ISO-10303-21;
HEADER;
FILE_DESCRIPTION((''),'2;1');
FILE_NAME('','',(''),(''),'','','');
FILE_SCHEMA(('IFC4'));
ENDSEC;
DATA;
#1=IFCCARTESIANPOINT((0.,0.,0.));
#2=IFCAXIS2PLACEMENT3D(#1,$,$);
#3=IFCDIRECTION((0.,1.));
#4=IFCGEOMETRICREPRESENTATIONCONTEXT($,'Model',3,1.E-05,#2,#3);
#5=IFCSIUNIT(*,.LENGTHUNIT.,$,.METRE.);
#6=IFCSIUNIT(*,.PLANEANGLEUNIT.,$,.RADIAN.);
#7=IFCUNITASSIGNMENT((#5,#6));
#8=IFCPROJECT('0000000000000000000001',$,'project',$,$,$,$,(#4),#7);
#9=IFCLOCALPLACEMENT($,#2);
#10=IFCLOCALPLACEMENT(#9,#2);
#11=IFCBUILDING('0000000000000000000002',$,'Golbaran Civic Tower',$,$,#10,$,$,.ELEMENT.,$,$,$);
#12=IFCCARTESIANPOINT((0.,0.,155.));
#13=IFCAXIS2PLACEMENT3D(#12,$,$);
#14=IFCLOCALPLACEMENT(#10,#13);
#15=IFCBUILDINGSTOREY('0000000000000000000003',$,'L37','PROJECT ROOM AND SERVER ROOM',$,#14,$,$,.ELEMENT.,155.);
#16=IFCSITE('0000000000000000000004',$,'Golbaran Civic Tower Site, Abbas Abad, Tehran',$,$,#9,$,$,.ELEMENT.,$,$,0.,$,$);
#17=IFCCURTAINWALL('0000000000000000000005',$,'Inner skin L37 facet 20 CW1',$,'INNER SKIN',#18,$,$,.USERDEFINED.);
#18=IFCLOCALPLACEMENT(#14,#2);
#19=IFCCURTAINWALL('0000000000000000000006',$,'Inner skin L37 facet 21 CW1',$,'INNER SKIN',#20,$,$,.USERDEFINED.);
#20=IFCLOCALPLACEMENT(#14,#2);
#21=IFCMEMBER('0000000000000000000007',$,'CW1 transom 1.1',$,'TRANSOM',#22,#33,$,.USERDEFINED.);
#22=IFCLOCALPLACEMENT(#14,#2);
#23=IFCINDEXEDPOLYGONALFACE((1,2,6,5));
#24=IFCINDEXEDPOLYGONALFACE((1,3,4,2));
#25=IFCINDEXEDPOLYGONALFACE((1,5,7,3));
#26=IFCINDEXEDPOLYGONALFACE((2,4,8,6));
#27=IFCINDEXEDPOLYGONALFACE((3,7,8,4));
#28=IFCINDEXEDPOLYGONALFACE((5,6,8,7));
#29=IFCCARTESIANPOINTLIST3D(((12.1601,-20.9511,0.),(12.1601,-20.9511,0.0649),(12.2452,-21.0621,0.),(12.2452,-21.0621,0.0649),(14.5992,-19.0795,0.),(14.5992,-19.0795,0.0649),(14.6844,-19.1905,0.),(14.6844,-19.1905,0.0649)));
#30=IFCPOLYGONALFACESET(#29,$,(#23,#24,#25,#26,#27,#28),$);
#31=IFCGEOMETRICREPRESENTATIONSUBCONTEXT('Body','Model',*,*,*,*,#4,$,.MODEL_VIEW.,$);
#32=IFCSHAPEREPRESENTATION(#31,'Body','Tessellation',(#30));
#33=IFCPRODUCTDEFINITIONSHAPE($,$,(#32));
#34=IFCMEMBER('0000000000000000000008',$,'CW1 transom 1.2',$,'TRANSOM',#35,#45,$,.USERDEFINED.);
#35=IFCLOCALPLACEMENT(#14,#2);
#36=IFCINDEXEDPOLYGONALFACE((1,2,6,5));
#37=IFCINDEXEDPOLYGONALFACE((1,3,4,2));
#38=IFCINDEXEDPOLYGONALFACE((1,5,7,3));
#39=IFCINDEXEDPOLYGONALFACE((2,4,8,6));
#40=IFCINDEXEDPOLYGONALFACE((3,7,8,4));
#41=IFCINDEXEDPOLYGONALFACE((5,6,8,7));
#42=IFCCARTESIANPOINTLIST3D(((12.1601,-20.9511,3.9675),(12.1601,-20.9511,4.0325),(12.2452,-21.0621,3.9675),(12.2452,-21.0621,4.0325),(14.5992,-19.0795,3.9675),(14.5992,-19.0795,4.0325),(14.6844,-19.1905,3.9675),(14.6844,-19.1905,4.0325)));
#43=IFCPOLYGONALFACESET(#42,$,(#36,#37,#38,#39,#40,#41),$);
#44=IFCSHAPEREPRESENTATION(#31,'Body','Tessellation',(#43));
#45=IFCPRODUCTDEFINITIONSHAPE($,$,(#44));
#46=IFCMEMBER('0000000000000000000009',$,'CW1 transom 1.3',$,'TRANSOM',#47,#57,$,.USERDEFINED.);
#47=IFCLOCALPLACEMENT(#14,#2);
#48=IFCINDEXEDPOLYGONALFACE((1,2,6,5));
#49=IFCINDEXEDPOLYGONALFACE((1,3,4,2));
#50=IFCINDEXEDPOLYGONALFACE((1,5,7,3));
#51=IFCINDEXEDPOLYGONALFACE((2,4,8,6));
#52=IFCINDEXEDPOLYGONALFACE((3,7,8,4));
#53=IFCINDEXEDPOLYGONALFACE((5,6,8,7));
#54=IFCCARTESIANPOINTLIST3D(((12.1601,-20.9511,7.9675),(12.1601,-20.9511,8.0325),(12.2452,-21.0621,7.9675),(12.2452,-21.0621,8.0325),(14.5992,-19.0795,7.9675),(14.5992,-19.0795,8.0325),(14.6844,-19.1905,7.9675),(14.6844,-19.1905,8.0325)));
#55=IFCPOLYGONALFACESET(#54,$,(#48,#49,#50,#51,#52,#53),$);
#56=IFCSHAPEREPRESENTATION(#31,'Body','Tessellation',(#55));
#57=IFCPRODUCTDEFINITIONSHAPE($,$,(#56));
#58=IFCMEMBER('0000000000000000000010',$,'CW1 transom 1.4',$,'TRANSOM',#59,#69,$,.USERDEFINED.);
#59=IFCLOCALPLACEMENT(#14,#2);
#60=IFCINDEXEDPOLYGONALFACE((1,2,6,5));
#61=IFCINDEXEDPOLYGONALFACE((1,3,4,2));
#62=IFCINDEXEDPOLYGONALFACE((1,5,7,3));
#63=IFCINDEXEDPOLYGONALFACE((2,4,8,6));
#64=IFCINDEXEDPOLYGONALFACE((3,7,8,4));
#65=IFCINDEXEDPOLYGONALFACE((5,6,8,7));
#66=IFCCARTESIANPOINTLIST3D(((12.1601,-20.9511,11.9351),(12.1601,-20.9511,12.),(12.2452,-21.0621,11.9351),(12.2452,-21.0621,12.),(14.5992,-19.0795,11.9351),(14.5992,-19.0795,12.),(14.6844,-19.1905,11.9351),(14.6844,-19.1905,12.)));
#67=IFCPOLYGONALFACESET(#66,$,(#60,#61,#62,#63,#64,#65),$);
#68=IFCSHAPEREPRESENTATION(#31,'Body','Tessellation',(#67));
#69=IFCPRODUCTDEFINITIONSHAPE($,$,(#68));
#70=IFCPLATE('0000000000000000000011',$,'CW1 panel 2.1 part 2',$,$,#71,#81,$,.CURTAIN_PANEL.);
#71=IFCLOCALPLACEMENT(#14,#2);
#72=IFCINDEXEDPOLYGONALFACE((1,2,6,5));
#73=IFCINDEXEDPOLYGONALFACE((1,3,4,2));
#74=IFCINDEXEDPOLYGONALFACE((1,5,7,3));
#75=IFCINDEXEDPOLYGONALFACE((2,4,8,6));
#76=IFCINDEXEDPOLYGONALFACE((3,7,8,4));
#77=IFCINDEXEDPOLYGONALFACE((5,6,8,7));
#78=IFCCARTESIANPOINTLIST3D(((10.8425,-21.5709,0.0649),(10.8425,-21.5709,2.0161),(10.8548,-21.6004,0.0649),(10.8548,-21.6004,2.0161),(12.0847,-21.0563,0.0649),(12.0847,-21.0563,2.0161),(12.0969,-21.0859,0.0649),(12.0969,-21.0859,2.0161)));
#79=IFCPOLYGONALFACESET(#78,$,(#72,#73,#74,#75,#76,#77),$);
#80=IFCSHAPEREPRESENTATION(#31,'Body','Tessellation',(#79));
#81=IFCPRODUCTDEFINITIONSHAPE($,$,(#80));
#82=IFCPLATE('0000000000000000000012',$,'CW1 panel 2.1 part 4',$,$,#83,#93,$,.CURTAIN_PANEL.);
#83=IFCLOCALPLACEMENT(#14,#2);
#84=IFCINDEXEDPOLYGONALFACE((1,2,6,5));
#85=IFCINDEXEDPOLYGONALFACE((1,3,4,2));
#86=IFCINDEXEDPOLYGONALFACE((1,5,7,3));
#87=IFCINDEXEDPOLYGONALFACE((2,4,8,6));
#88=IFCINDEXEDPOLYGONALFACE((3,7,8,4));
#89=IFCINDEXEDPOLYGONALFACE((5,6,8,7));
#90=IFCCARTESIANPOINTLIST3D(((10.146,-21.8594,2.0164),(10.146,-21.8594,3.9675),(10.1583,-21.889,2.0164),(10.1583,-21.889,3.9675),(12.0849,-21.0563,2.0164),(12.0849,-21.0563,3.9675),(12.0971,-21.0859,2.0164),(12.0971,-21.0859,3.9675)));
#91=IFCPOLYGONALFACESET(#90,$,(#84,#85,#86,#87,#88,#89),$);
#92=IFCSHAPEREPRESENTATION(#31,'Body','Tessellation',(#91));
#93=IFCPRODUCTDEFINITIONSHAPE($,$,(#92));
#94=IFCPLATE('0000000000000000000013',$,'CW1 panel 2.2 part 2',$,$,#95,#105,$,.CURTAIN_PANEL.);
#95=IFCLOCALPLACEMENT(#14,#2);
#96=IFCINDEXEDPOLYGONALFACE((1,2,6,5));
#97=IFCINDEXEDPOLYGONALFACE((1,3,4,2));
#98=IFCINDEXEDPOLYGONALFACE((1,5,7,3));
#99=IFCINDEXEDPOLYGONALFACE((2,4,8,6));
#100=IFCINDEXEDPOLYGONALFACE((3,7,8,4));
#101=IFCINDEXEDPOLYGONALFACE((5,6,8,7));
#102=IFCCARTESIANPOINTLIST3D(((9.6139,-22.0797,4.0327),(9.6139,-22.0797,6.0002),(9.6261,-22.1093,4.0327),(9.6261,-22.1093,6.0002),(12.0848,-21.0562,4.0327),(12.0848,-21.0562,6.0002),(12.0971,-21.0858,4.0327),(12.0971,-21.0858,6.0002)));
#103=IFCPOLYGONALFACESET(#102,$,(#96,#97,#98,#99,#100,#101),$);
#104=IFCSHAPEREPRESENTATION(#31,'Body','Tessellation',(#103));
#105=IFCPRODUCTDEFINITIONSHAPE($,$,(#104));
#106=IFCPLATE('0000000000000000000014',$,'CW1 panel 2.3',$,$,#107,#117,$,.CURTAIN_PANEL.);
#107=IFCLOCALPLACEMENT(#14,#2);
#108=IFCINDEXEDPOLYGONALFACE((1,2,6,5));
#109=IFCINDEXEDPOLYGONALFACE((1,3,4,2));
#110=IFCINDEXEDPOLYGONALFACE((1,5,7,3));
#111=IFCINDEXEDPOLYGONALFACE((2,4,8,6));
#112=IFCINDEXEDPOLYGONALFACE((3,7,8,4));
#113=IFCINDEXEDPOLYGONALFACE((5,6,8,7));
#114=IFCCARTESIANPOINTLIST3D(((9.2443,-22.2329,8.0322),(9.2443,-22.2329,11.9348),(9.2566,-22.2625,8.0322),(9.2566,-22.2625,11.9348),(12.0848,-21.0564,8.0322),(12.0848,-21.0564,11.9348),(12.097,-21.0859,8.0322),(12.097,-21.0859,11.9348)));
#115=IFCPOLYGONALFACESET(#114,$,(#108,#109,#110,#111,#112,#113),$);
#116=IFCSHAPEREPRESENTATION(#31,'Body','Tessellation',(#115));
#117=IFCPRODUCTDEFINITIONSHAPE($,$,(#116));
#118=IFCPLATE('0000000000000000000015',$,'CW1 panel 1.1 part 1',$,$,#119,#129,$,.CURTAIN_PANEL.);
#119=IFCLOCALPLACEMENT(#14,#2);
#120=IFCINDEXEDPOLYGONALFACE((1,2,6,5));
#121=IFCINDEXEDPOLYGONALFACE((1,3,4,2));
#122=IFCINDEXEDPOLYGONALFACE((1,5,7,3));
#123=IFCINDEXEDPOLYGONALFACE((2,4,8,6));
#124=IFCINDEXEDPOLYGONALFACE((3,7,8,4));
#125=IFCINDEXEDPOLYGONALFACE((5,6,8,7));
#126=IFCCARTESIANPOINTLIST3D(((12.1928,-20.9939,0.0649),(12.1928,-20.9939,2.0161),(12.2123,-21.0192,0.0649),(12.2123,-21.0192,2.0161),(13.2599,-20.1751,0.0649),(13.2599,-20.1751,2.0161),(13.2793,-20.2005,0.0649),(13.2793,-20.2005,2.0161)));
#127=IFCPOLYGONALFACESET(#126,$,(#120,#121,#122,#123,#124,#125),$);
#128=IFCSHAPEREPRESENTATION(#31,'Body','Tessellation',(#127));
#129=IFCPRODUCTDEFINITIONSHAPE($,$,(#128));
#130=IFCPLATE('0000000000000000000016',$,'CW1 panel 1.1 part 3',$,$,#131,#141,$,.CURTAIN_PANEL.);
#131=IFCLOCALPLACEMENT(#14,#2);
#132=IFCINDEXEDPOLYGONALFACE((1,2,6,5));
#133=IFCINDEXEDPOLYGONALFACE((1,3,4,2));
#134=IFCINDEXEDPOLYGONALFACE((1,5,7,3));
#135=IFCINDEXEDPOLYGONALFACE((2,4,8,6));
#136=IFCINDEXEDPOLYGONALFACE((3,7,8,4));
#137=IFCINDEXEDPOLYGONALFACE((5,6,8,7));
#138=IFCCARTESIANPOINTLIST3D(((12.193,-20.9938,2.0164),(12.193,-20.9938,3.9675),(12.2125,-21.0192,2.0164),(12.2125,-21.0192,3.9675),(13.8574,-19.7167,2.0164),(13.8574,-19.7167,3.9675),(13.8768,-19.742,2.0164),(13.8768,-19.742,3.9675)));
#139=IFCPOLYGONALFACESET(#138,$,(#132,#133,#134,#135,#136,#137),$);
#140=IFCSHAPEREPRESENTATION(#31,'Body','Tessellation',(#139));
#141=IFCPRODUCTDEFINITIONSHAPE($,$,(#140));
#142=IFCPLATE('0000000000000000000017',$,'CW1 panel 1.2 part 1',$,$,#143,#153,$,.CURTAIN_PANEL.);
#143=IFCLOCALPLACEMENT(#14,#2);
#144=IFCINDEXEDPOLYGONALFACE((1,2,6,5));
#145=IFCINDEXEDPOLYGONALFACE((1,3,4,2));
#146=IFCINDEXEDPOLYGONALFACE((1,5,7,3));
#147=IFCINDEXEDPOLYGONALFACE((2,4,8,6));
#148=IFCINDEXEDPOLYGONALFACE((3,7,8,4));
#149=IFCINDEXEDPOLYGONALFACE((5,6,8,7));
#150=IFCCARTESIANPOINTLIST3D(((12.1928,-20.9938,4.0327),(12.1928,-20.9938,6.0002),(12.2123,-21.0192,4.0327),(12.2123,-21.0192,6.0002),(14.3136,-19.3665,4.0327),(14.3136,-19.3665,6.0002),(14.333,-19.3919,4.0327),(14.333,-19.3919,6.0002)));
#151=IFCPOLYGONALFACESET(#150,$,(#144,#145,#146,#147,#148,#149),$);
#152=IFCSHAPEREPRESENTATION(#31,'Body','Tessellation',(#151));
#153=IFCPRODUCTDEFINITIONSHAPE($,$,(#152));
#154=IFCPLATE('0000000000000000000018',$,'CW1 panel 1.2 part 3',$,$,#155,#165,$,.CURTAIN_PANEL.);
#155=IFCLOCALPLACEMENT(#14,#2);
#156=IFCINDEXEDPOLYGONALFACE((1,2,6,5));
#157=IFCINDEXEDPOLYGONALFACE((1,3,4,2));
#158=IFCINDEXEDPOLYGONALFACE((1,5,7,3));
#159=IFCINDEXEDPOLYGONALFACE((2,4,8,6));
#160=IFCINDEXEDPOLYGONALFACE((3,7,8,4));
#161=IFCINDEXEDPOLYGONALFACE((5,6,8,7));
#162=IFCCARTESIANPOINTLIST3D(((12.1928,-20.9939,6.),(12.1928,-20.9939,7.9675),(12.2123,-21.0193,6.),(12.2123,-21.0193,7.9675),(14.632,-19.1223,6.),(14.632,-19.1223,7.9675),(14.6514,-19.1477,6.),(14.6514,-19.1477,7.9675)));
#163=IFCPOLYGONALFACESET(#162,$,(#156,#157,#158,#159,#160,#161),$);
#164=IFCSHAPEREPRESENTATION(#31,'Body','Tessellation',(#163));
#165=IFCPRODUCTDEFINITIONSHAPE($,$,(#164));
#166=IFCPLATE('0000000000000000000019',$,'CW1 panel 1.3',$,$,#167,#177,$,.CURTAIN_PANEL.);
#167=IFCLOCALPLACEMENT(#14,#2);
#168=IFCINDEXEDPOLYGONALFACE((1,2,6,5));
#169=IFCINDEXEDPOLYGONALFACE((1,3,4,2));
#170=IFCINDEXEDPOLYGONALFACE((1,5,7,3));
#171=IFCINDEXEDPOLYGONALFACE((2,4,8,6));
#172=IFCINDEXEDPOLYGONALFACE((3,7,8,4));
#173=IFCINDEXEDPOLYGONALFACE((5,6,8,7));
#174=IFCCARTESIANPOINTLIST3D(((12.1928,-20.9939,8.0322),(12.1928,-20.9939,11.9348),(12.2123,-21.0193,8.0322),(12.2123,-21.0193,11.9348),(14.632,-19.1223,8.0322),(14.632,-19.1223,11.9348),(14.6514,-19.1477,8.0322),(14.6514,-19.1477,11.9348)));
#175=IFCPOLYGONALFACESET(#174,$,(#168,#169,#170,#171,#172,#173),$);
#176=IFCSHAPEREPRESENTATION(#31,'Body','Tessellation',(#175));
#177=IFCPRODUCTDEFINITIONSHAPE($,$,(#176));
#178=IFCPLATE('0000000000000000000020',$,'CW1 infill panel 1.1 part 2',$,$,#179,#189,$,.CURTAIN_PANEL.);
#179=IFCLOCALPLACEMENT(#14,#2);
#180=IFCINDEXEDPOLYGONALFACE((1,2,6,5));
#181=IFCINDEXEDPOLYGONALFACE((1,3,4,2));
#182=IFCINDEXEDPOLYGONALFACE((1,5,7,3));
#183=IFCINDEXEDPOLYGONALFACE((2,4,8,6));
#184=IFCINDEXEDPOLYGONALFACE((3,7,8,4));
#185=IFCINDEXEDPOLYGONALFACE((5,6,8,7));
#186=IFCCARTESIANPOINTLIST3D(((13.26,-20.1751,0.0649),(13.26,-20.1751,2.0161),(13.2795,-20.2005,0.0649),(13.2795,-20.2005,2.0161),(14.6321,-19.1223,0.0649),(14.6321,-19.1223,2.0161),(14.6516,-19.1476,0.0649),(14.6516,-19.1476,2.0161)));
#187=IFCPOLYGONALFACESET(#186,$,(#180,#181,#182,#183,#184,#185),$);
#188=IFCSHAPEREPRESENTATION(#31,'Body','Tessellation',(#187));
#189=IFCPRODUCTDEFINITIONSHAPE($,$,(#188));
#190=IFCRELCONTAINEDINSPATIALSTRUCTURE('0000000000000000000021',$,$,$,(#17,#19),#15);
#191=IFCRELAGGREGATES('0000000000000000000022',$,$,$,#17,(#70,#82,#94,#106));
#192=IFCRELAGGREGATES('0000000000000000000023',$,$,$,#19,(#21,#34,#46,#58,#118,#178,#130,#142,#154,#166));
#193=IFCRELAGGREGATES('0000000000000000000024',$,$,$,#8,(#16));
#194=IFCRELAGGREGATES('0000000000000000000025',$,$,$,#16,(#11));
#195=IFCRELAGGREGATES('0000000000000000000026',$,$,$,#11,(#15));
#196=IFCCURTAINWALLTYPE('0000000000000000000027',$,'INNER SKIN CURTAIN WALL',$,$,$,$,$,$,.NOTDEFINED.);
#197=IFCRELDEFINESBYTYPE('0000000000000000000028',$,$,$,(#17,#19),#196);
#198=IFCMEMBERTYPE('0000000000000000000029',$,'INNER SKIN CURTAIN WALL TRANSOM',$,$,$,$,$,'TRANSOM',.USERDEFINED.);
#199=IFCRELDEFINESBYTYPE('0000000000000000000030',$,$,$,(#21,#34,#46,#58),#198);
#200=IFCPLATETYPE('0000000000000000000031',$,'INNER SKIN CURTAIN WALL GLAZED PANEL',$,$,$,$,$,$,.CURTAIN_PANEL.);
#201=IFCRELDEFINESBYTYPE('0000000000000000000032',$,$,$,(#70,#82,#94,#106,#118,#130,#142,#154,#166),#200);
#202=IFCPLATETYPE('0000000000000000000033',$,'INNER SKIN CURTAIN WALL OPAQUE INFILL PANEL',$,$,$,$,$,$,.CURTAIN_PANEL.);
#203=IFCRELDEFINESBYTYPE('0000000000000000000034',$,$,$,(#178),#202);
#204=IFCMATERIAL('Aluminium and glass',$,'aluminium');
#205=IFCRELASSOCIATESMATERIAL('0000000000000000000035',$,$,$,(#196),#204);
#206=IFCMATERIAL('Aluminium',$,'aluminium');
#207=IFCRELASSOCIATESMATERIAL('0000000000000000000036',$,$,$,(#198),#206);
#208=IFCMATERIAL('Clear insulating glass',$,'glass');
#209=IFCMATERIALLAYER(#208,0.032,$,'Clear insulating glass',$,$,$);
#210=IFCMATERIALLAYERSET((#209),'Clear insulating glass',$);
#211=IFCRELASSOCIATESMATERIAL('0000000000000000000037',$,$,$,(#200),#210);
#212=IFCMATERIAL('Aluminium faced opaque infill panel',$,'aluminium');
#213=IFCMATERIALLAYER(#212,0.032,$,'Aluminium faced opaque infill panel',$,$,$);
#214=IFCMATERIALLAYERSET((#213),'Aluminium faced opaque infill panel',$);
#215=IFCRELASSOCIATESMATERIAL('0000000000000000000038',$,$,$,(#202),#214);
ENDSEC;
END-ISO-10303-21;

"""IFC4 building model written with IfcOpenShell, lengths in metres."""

from ifc_helpers import new_model, si_unit, direction, frame, origin, origin_2d, place, context, subcontext, project, spatial, rectangle, extrude, material, layer, layer_set, material_profile, profile_set, type_object, element, aggregate, save


model = new_model("IFC4")

# Units and contexts
model_context = context("Model", 3, precision=1e-05, world=origin(), true_north=direction((0.0, 1.0)))
body_context = subcontext(model_context, "Body", "Model", "MODEL_VIEW")
ifc_project = project(units=[si_unit("LENGTHUNIT", "METRE"), si_unit("PLANEANGLEUNIT", "RADIAN")], contexts=[model_context])

# Site, building, storey
site_placement = place(None, origin())
site = spatial("IfcSite", under=ifc_project, at=site_placement, Name="Golbaran Civic Tower Site, Abbas Abad, Tehran", CompositionType="ELEMENT", RefElevation=0.0)
building_placement = place(site_placement, origin())
building = spatial("IfcBuilding", under=site, at=building_placement, Name="Golbaran Civic Tower", CompositionType="ELEMENT")
storey_placement = place(building_placement, frame((0.0, 0.0, 155.0)))
storey = spatial("IfcBuildingStorey", under=building, at=storey_placement, Name="L37", Description="PROJECT ROOM AND SERVER ROOM", CompositionType="ELEMENT", Elevation=155.0)

# Curtain wall
ifc_material_1 = material(Name="Aluminium and glass", Category="aluminium")
curtain_wall_type = type_object("IfcCurtainWallType", Name="INNER SKIN CURTAIN WALL", PredefinedType="NOTDEFINED", material=ifc_material_1)
curtain_wall_1_placement = place(storey_placement, origin())
curtain_wall_1 = element("IfcCurtainWall", 1, at=curtain_wall_1_placement, inside=storey, type_object=curtain_wall_type, Name="Inner skin L37 facet 20 CW1", ObjectType="INNER SKIN", PredefinedType="USERDEFINED")
ifc_material_2 = material(Name="Aluminium", Category="aluminium")

# Curtain wall, members
curtain_wall_2_placement = place(storey_placement, origin())
curtain_wall_2 = element("IfcCurtainWall", 2, at=curtain_wall_2_placement, inside=storey, type_object=curtain_wall_type, Name="Inner skin L37 facet 21 CW1", ObjectType="INNER SKIN", PredefinedType="USERDEFINED")
ifc_material_profile_1 = material_profile(ifc_material_2, rectangle(XDim=0.1399, YDim=0.0649, at=origin_2d()), Name="INNER SKIN CURTAIN WALL TRANSOM")
ifc_profile_set_1 = profile_set([ifc_material_profile_1], Name="Aluminium")
member_type_1 = type_object("IfcMemberType", Name="INNER SKIN CURTAIN WALL TRANSOM", ElementType="TRANSOM", PredefinedType="USERDEFINED", material=ifc_profile_set_1)
member_1_placement = place(storey_placement, frame((12.2026, -21.0066, 0.0325), z_axis=(0.793367, 0.608743, 0.0), x_axis=(-0.608743, 0.793367, 0.0)))
member_1 = element("IfcMember", 3, at=member_1_placement, type_object=member_type_1, Name="CW1 transom 1.1", ObjectType="TRANSOM", PredefinedType="USERDEFINED", context=body_context, shape_type="SweptSolid", body=[
    extrude(rectangle(XDim=0.1399, YDim=0.0649, at=origin_2d()), origin(), (0.0, 0.0, 1.0), 3.0745),
])
member_2_placement = place(storey_placement, frame((12.2026, -21.0066, 4.0), z_axis=(0.793367, 0.608743, 0.0), x_axis=(-0.608743, 0.793367, 0.0)))
member_2 = element("IfcMember", 4, at=member_2_placement, type_object=member_type_1, Name="CW1 transom 1.2", ObjectType="TRANSOM", PredefinedType="USERDEFINED", context=body_context, shape_type="SweptSolid", body=[
    extrude(rectangle(XDim=0.1399, YDim=0.0649, at=origin_2d()), origin(), (0.0, 0.0, 1.0), 3.0745),
])
member_3_placement = place(storey_placement, frame((12.2026, -21.0066, 8.0), z_axis=(0.793367, 0.608743, 0.0), x_axis=(-0.608743, 0.793367, 0.0)))
member_3 = element("IfcMember", 5, at=member_3_placement, type_object=member_type_1, Name="CW1 transom 1.3", ObjectType="TRANSOM", PredefinedType="USERDEFINED", context=body_context, shape_type="SweptSolid", body=[
    extrude(rectangle(XDim=0.1399, YDim=0.0649, at=origin_2d()), origin(), (0.0, 0.0, 1.0), 3.0745),
])
member_4_placement = place(storey_placement, frame((12.2026, -21.0066, 11.9675), z_axis=(0.793367, 0.608743, 0.0), x_axis=(-0.608743, 0.793367, 0.0)))
member_4 = element("IfcMember", 6, at=member_4_placement, type_object=member_type_1, Name="CW1 transom 1.4", ObjectType="TRANSOM", PredefinedType="USERDEFINED", context=body_context, shape_type="SweptSolid", body=[
    extrude(rectangle(XDim=0.1399, YDim=0.0649, at=origin_2d()), origin(), (0.0, 0.0, 1.0), 3.0745),
])

# Plates
ifc_material_3 = material(Name="Clear insulating glass", Category="glass")
ifc_layer_1 = layer(ifc_material_3, 0.032, Name="Clear insulating glass")
ifc_layer_set_1 = layer_set([ifc_layer_1], Name="Clear insulating glass")
plate_type_1 = type_object("IfcPlateType", Name="INNER SKIN CURTAIN WALL GLAZED PANEL", PredefinedType="CURTAIN_PANEL", material=ifc_layer_set_1)
plate_1_placement = place(storey_placement, frame((11.4697, -21.3284, 0.0649), z_axis=(0.0, 0.0, 1.0), x_axis=(0.92388, 0.382683, 0.0)))
plate_1 = element("IfcPlate", 7, at=plate_1_placement, type_object=plate_type_1, Name="CW1 panel 2.1 part 2", PredefinedType="CURTAIN_PANEL", context=body_context, shape_type="SweptSolid", body=[
    extrude(rectangle(XDim=1.3445, YDim=0.032, at=origin_2d()), origin(), (0.0, 0.0, 1.0), 1.9512),
])
plate_2_placement = place(storey_placement, frame((11.1216, -21.4727, 2.0164), z_axis=(0.0, 0.0, 1.0), x_axis=(0.92388, 0.382683, 0.0)))
plate_2 = element("IfcPlate", 8, at=plate_2_placement, type_object=plate_type_1, Name="CW1 panel 2.1 part 4", PredefinedType="CURTAIN_PANEL", context=body_context, shape_type="SweptSolid", body=[
    extrude(rectangle(XDim=2.0986, YDim=0.032, at=origin_2d()), origin(), (0.0, 0.0, 1.0), 1.9512),
])
plate_3_placement = place(storey_placement, frame((10.8555, -21.5828, 4.0327), z_axis=(0.0, 0.0, 1.0), x_axis=(0.92388, 0.382683, 0.0)))
plate_3 = element("IfcPlate", 9, at=plate_3_placement, type_object=plate_type_1, Name="CW1 panel 2.2 part 2", PredefinedType="CURTAIN_PANEL", context=body_context, shape_type="SweptSolid", body=[
    extrude(rectangle(XDim=2.6746, YDim=0.032, at=origin_2d()), origin(), (0.0, 0.0, 1.0), 1.9675),
])
plate_4_placement = place(storey_placement, frame((10.6707, -21.6594, 8.0322), z_axis=(0.0, 0.0, 1.0), x_axis=(0.92388, 0.382683, 0.0)))
plate_4 = element("IfcPlate", 10, at=plate_4_placement, type_object=plate_type_1, Name="CW1 panel 2.3", PredefinedType="CURTAIN_PANEL", context=body_context, shape_type="SweptSolid", body=[
    extrude(rectangle(XDim=3.0745, YDim=0.032, at=origin_2d()), origin(), (0.0, 0.0, 1.0), 3.9026),
])
aggregate(curtain_wall_1, [plate_1, plate_2, plate_3, plate_4])
plate_5_placement = place(storey_placement, frame((12.7361, -20.5972, 0.0649), z_axis=(0.0, 0.0, 1.0), x_axis=(0.793353, 0.608761, 0.0)))
plate_5 = element("IfcPlate", 11, at=plate_5_placement, type_object=plate_type_1, Name="CW1 panel 1.1 part 1", PredefinedType="CURTAIN_PANEL", context=body_context, shape_type="SweptSolid", body=[
    extrude(rectangle(XDim=1.345, YDim=0.032, at=origin_2d()), origin(), (0.0, 0.0, 1.0), 1.9512),
])
plate_6_placement = place(storey_placement, frame((13.0349, -20.3679, 2.0164), z_axis=(0.0, 0.0, 1.0), x_axis=(0.793353, 0.608761, 0.0)))
plate_6 = element("IfcPlate", 12, at=plate_6_placement, type_object=plate_type_1, Name="CW1 panel 1.1 part 3", PredefinedType="CURTAIN_PANEL", context=body_context, shape_type="SweptSolid", body=[
    extrude(rectangle(XDim=2.0979, YDim=0.032, at=origin_2d()), origin(), (0.0, 0.0, 1.0), 1.9512),
])
plate_7_placement = place(storey_placement, frame((13.2629, -20.1929, 4.0327), z_axis=(0.0, 0.0, 1.0), x_axis=(0.793353, 0.608761, 0.0)))
plate_7 = element("IfcPlate", 13, at=plate_7_placement, type_object=plate_type_1, Name="CW1 panel 1.2 part 1", PredefinedType="CURTAIN_PANEL", context=body_context, shape_type="SweptSolid", body=[
    extrude(rectangle(XDim=2.6731, YDim=0.032, at=origin_2d()), origin(), (0.0, 0.0, 1.0), 1.9675),
])
plate_8_placement = place(storey_placement, frame((13.4221, -20.0708, 6.0), z_axis=(0.0, 0.0, 1.0), x_axis=(0.793353, 0.608761, 0.0)))
plate_8 = element("IfcPlate", 14, at=plate_8_placement, type_object=plate_type_1, Name="CW1 panel 1.2 part 3", PredefinedType="CURTAIN_PANEL", context=body_context, shape_type="SweptSolid", body=[
    extrude(rectangle(XDim=3.0745, YDim=0.032, at=origin_2d()), origin(), (0.0, 0.0, 1.0), 1.9675),
])
plate_9_placement = place(storey_placement, frame((13.4221, -20.0708, 8.0322), z_axis=(0.0, 0.0, 1.0), x_axis=(0.793353, 0.608761, 0.0)))
plate_9 = element("IfcPlate", 15, at=plate_9_placement, type_object=plate_type_1, Name="CW1 panel 1.3", PredefinedType="CURTAIN_PANEL", context=body_context, shape_type="SweptSolid", body=[
    extrude(rectangle(XDim=3.0745, YDim=0.032, at=origin_2d()), origin(), (0.0, 0.0, 1.0), 3.9026),
])
ifc_material_4 = material(Name="Aluminium faced opaque infill panel", Category="aluminium")
ifc_layer_2 = layer(ifc_material_4, 0.032, Name="Aluminium faced opaque infill panel")
ifc_layer_set_2 = layer_set([ifc_layer_2], Name="Aluminium faced opaque infill panel")
plate_type_2 = type_object("IfcPlateType", Name="INNER SKIN CURTAIN WALL OPAQUE INFILL PANEL", PredefinedType="CURTAIN_PANEL", material=ifc_layer_set_2)
plate_10_placement = place(storey_placement, frame((13.9558, -19.6614, 0.0649), z_axis=(0.0, 0.0, 1.0), x_axis=(0.793353, 0.608761, 0.0)))
plate_10 = element("IfcPlate", 16, at=plate_10_placement, type_object=plate_type_2, Name="CW1 infill panel 1.1 part 2", PredefinedType="CURTAIN_PANEL", context=body_context, shape_type="SweptSolid", body=[
    extrude(rectangle(XDim=1.7295, YDim=0.032, at=origin_2d()), origin(), (0.0, 0.0, 1.0), 1.9512),
])
aggregate(curtain_wall_2, [member_1, member_2, member_3, member_4, plate_5, plate_10, plate_6, plate_7, plate_8, plate_9])

save(model, "model.ifc")
